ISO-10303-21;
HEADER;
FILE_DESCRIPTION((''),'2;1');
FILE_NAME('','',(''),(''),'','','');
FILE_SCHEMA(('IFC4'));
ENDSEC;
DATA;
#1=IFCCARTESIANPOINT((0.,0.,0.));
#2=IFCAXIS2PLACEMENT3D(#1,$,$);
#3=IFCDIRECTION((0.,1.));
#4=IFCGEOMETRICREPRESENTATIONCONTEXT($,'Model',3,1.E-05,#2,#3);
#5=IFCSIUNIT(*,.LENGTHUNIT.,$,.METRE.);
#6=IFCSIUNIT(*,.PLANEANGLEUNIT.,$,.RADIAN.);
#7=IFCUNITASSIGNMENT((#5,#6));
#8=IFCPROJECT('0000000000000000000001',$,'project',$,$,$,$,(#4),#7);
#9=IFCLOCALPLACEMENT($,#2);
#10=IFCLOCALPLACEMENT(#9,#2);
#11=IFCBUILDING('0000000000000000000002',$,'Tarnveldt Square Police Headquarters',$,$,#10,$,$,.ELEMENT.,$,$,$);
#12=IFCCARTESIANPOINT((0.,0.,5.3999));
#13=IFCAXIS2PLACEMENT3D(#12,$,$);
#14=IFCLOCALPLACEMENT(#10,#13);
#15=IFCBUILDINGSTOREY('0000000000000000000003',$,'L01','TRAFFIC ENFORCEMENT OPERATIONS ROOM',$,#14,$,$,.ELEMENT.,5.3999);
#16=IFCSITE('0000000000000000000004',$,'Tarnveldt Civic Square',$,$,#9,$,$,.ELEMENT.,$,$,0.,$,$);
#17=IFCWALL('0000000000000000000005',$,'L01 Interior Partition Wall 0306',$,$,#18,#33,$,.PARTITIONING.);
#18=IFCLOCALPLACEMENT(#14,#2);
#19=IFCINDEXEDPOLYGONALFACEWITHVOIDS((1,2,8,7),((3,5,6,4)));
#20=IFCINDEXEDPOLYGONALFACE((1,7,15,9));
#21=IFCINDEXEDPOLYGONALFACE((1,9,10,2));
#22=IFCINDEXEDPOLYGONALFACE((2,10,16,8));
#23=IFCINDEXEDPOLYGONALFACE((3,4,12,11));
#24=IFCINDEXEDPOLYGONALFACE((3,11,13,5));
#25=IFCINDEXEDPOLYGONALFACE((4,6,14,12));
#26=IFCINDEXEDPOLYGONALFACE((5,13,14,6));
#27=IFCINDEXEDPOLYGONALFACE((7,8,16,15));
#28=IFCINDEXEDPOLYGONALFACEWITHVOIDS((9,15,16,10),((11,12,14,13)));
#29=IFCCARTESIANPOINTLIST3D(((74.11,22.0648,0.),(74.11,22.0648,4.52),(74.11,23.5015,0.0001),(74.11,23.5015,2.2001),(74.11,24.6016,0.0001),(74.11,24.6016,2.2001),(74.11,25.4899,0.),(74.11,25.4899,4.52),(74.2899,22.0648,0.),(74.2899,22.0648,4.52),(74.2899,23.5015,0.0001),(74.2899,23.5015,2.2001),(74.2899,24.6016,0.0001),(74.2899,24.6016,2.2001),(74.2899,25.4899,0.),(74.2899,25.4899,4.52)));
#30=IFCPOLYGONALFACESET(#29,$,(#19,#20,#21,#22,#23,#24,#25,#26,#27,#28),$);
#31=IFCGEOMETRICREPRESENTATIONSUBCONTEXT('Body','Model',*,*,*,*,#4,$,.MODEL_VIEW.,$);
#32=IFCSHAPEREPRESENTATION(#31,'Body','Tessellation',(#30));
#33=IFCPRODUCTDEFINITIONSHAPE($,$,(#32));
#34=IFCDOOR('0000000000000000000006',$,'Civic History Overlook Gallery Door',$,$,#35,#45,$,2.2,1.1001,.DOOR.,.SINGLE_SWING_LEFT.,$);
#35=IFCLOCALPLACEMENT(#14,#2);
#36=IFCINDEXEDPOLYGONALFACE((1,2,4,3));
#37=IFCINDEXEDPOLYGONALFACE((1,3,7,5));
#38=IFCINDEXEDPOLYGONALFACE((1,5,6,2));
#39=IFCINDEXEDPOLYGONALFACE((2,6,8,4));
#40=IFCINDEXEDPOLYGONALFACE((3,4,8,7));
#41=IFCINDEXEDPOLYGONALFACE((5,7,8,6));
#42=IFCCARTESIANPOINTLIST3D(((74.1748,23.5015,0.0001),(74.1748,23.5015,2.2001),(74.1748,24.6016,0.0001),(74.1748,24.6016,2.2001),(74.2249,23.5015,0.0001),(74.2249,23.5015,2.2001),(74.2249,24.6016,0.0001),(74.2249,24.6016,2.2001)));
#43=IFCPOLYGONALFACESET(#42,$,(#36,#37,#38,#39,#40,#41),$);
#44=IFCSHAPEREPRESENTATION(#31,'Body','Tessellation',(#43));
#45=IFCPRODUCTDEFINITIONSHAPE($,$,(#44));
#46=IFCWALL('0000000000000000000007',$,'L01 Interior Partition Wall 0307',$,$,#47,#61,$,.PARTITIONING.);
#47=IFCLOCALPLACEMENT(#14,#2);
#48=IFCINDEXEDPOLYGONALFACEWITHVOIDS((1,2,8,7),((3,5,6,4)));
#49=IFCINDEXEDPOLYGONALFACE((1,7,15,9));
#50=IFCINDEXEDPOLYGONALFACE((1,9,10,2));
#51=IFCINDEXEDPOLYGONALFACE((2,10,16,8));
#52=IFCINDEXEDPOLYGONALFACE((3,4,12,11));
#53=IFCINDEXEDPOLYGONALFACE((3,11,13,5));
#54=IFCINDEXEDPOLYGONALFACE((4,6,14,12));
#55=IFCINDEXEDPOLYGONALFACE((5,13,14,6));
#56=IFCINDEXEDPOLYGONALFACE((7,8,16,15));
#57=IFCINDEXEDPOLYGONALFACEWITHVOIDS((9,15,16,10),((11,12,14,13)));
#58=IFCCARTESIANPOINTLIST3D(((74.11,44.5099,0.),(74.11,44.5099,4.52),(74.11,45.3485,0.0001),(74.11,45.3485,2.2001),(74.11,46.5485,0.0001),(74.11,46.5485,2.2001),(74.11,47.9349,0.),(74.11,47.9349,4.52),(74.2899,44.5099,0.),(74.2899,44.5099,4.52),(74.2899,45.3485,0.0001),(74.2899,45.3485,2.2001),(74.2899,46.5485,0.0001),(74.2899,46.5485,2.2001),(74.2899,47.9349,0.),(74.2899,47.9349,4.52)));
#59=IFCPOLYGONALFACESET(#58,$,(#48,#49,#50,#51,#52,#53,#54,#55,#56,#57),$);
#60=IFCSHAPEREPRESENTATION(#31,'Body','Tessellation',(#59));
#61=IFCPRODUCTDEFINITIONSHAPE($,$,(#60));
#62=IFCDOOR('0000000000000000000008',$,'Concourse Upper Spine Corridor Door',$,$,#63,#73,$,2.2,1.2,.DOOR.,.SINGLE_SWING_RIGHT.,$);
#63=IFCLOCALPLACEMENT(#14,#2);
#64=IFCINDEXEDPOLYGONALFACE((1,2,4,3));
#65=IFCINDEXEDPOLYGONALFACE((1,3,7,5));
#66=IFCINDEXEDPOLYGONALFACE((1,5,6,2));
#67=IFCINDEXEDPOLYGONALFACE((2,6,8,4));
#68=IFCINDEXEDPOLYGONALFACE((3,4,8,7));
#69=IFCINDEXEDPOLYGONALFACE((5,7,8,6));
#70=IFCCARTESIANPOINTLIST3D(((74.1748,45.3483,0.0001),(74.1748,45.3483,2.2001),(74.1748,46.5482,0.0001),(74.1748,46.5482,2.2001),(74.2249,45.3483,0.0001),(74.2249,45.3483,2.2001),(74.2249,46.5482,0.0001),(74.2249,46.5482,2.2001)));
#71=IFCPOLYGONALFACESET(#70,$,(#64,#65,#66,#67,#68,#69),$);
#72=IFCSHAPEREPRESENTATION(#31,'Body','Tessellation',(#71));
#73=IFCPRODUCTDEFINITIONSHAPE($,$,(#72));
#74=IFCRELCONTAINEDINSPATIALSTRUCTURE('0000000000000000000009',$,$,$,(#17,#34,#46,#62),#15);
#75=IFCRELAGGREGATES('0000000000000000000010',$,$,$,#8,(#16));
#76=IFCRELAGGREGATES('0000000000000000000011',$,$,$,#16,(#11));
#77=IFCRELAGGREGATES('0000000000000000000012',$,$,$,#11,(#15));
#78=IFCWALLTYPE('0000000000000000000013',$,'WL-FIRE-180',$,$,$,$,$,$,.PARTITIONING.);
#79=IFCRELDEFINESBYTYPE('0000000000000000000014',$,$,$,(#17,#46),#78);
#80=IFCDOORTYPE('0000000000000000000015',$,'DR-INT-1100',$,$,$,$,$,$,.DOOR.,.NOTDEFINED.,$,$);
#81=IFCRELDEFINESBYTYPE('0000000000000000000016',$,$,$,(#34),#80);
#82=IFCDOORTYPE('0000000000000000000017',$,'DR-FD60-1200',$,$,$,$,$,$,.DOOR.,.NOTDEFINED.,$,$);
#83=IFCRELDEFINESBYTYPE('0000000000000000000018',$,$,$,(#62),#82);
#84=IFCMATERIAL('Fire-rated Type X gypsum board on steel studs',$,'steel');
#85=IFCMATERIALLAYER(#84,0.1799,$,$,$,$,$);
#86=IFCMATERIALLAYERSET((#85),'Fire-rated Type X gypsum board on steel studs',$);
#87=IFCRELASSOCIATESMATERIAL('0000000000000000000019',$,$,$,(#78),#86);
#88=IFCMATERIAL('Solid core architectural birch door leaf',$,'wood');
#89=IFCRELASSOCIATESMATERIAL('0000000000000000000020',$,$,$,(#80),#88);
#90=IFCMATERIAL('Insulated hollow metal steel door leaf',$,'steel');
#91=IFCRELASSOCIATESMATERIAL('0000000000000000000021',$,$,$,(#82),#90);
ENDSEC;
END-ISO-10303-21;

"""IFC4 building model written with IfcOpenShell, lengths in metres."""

from ifc_helpers import new_model, si_unit, direction, frame, frame_2d, origin, place, context, subcontext, project, spatial, rectangle, extrude, material, layer, layer_set, type_object, element, fill, save


model = new_model("IFC4")

# Units and contexts
model_context = context("Model", 3, precision=1e-05, world=origin(), true_north=direction((0.0, 1.0)))
body_context = subcontext(model_context, "Body", "Model", "MODEL_VIEW")
ifc_project = project(units=[si_unit("LENGTHUNIT", "METRE"), si_unit("PLANEANGLEUNIT", "RADIAN")], contexts=[model_context])

# Site, building, storey
site_placement = place(None, origin())
site = spatial("IfcSite", under=ifc_project, at=site_placement, Name="Tarnveldt Civic Square", CompositionType="ELEMENT", RefElevation=0.0)
building_placement = place(site_placement, origin())
building = spatial("IfcBuilding", under=site, at=building_placement, Name="Tarnveldt Square Police Headquarters", CompositionType="ELEMENT")
storey_placement = place(building_placement, frame((0.0, 0.0, 5.3999)))
storey = spatial("IfcBuildingStorey", under=building, at=storey_placement, Name="L01", Description="TRAFFIC ENFORCEMENT OPERATIONS ROOM", CompositionType="ELEMENT", Elevation=5.3999)

# Walls, openings, doors
ifc_material_1 = material(Name="Fire-rated Type X gypsum board on steel studs", Category="steel")
ifc_layer_1 = layer(ifc_material_1, 0.1799)
ifc_layer_set_1 = layer_set([ifc_layer_1], Name="Fire-rated Type X gypsum board on steel studs")
wall_type = type_object("IfcWallType", Name="WL-FIRE-180", PredefinedType="PARTITIONING", material=ifc_layer_set_1)
wall_1_placement = place(storey_placement, frame((74.2, 22.0649, 0.0), z_axis=(0.0, 0.0, 1.0), x_axis=(0.0, 1.0, 0.0)))
wall_1 = element("IfcWall", 1, at=wall_1_placement, inside=storey, type_object=wall_type, Name="L01 Interior Partition Wall 0306", PredefinedType="PARTITIONING", context=body_context, shape_type="SweptSolid", body=[
    extrude(rectangle(XDim=3.425, YDim=0.1799, at=frame_2d((1.7124, 0.0))), origin(), (0.0, 0.0, 1.0), 4.52),
])
opening_1_placement = place(wall_1_placement, frame((1.4365, 0.0, 0.0)))
opening_1 = element("IfcOpeningElement", 2, at=opening_1_placement, cuts=wall_1, PredefinedType="OPENING", context=body_context, shape_type="SweptSolid", body=[
    extrude(rectangle(XDim=1.1001, YDim=2.2, at=frame_2d((0.55, 1.1001))), frame((0.0, 0.0999, 0.0), z_axis=(0.0, -1.0, 0.0), x_axis=(1.0, 0.0, 0.0)), (0.0, 0.0, 1.0), 0.2),
])
ifc_material_2 = material(Name="Solid core architectural birch door leaf", Category="wood")
door_type_1 = type_object("IfcDoorType", Name="DR-INT-1100", OperationType="NOTDEFINED", PredefinedType="DOOR", material=ifc_material_2)
door_1_placement = place(opening_1_placement, frame((1.1001, 0.0, 0.0), z_axis=(0.0, 0.0, 1.0), x_axis=(-1.0, 0.0, 0.0)))
door_1 = element("IfcDoor", 3, at=door_1_placement, inside=storey, type_object=door_type_1, Name="Civic History Overlook Gallery Door", OperationType="SINGLE_SWING_LEFT", OverallHeight=2.2, OverallWidth=1.1001, PredefinedType="DOOR", context=body_context, shape_type="SweptSolid", body=[
    extrude(rectangle(XDim=1.1001, YDim=2.2, at=frame_2d((0.55, 1.1001))), frame((0.0, 0.0249, 0.0), z_axis=(0.0, -1.0, 0.0), x_axis=(1.0, 0.0, 0.0)), (0.0, 0.0, 1.0), 0.05),
])
fill(opening_1, door_1)
wall_2_placement = place(storey_placement, frame((74.2, 44.51, 0.0), z_axis=(0.0, 0.0, 1.0), x_axis=(0.0, 1.0, 0.0)))
wall_2 = element("IfcWall", 4, at=wall_2_placement, inside=storey, type_object=wall_type, Name="L01 Interior Partition Wall 0307", PredefinedType="PARTITIONING", context=body_context, shape_type="SweptSolid", body=[
    extrude(rectangle(XDim=3.425, YDim=0.1799, at=frame_2d((1.7124, 0.0))), origin(), (0.0, 0.0, 1.0), 4.52),
])
opening_2_placement = place(wall_2_placement, frame((0.8384, 0.0, 0.0)))
opening_2 = element("IfcOpeningElement", 5, at=opening_2_placement, cuts=wall_2, PredefinedType="OPENING", context=body_context, shape_type="SweptSolid", body=[
    extrude(rectangle(XDim=1.2, YDim=2.2, at=frame_2d((0.6001, 1.1001))), frame((0.0, 0.0999, 0.0), z_axis=(0.0, -1.0, 0.0), x_axis=(1.0, 0.0, 0.0)), (0.0, 0.0, 1.0), 0.2),
])
ifc_material_3 = material(Name="Insulated hollow metal steel door leaf", Category="steel")
door_type_2 = type_object("IfcDoorType", Name="DR-FD60-1200", OperationType="NOTDEFINED", PredefinedType="DOOR", material=ifc_material_3)
door_2_placement = place(opening_2_placement, frame((1.2, 0.0, 0.0), z_axis=(0.0, 0.0, 1.0), x_axis=(-1.0, 0.0, 0.0)))
door_2 = element("IfcDoor", 6, at=door_2_placement, inside=storey, type_object=door_type_2, Name="Concourse Upper Spine Corridor Door", OperationType="SINGLE_SWING_RIGHT", OverallHeight=2.2, OverallWidth=1.2, PredefinedType="DOOR", context=body_context, shape_type="SweptSolid", body=[
    extrude(rectangle(XDim=1.2, YDim=2.2, at=frame_2d((0.6001, 1.1001))), frame((0.0, 0.0249, 0.0), z_axis=(0.0, -1.0, 0.0), x_axis=(1.0, 0.0, 0.0)), (0.0, 0.0, 1.0), 0.05),
])
fill(opening_2, door_2)

save(model, "model.ifc")
